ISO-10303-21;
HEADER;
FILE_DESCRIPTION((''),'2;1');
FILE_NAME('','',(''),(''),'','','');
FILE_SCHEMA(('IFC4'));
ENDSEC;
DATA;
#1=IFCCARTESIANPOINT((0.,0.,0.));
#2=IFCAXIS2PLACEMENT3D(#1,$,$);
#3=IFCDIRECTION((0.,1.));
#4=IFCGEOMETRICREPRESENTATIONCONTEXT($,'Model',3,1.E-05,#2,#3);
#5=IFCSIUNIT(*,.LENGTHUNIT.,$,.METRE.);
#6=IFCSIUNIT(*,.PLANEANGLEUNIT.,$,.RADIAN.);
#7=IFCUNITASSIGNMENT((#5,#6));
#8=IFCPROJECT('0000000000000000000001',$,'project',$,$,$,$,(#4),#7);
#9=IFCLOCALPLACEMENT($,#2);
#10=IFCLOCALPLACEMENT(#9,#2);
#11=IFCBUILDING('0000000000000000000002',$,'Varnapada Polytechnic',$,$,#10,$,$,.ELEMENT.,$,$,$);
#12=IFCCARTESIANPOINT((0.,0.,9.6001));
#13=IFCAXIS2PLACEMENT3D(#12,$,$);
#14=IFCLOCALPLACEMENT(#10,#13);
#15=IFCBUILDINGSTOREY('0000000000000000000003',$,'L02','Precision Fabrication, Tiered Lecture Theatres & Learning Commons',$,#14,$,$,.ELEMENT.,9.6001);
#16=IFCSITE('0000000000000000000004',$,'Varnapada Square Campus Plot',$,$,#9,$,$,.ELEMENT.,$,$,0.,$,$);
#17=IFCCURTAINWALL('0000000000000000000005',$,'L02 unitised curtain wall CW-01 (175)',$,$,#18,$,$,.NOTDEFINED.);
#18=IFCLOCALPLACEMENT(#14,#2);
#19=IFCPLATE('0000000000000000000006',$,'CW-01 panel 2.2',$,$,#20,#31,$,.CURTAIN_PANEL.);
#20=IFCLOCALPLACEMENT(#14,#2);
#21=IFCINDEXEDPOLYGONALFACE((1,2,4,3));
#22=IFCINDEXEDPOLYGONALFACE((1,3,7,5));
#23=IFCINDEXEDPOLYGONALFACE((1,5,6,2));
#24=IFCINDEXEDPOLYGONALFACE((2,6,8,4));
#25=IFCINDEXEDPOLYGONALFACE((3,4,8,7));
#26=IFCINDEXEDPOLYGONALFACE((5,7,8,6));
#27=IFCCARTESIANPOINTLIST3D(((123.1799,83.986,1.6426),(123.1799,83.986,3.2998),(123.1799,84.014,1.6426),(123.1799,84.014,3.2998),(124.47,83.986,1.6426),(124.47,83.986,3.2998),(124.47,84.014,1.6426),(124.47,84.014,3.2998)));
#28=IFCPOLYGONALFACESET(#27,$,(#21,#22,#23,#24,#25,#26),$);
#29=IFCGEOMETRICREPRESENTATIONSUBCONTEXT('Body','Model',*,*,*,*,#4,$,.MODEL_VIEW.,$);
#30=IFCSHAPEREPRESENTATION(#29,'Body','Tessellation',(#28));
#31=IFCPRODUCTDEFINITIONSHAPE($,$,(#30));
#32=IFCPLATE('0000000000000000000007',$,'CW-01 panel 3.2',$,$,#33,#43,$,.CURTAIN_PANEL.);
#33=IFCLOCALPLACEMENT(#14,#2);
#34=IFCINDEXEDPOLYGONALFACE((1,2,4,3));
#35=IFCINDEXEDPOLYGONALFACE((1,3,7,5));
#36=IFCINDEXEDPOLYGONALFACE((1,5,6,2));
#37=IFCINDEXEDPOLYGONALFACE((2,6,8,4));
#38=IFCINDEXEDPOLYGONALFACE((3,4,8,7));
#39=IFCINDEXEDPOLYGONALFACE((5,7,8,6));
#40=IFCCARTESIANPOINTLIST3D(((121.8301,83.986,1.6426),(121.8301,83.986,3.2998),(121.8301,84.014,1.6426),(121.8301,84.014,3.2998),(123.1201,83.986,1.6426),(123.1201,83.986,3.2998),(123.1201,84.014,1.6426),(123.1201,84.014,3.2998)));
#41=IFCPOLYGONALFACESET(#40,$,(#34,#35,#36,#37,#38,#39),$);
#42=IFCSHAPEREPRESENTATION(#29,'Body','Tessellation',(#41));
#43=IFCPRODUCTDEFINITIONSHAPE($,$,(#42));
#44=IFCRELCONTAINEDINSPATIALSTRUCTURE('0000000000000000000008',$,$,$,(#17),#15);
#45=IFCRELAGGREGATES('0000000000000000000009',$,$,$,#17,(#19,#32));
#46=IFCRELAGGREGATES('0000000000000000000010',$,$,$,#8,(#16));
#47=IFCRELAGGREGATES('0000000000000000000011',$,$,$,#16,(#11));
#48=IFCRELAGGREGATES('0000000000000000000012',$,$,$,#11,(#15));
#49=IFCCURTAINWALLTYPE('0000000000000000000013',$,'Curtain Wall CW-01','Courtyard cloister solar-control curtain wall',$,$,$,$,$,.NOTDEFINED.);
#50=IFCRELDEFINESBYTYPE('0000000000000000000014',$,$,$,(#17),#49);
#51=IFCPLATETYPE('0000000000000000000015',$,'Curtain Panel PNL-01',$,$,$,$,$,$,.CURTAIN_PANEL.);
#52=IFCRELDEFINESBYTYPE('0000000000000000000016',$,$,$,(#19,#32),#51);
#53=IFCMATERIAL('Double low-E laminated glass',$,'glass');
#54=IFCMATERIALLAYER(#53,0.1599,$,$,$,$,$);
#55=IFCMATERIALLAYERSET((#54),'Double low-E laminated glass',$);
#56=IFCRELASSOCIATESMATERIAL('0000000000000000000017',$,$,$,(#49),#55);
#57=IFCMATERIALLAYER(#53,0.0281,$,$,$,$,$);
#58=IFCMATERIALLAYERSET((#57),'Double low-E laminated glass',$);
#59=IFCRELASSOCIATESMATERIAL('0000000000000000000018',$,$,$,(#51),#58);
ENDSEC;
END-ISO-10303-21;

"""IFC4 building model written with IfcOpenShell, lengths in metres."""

from ifc_helpers import new_model, si_unit, direction, frame, origin, origin_2d, place, context, subcontext, project, spatial, rectangle, extrude, material, layer, layer_set, type_object, element, aggregate, save


model = new_model("IFC4")

# Units and contexts
model_context = context("Model", 3, precision=1e-05, world=origin(), true_north=direction((0.0, 1.0)))
body_context = subcontext(model_context, "Body", "Model", "MODEL_VIEW")
ifc_project = project(units=[si_unit("LENGTHUNIT", "METRE"), si_unit("PLANEANGLEUNIT", "RADIAN")], contexts=[model_context])

# Site, building, storey
site_placement = place(None, origin())
site = spatial("IfcSite", under=ifc_project, at=site_placement, Name="Varnapada Square Campus Plot", CompositionType="ELEMENT", RefElevation=0.0)
building_placement = place(site_placement, origin())
building = spatial("IfcBuilding", under=site, at=building_placement, Name="Varnapada Polytechnic", CompositionType="ELEMENT")
storey_placement = place(building_placement, frame((0.0, 0.0, 9.6001)))
storey = spatial("IfcBuildingStorey", under=building, at=storey_placement, Name="L02", Description="Precision Fabrication, Tiered Lecture Theatres & Learning Commons", CompositionType="ELEMENT", Elevation=9.6001)

# Curtain wall
ifc_material_1 = material(Name="Double low-E laminated glass", Category="glass")
ifc_layer_1 = layer(ifc_material_1, 0.1599)
ifc_layer_set_1 = layer_set([ifc_layer_1], Name="Double low-E laminated glass")
curtain_wall_type = type_object("IfcCurtainWallType", Name="Curtain Wall CW-01", Description="Courtyard cloister solar-control curtain wall", PredefinedType="NOTDEFINED", material=ifc_layer_set_1)
curtain_wall_1_placement = place(storey_placement, origin())
curtain_wall_1 = element("IfcCurtainWall", 1, at=curtain_wall_1_placement, inside=storey, type_object=curtain_wall_type, Name="L02 unitised curtain wall CW-01 (175)", PredefinedType="NOTDEFINED")

# Plates
ifc_layer_2 = layer(ifc_material_1, 0.0281)
ifc_layer_set_2 = layer_set([ifc_layer_2], Name="Double low-E laminated glass")
plate_type = type_object("IfcPlateType", Name="Curtain Panel PNL-01", PredefinedType="CURTAIN_PANEL", material=ifc_layer_set_2)
plate_1_placement = place(storey_placement, frame((123.825, 84.0, 1.6426), z_axis=(0.0, 0.0, 1.0), x_axis=(-1.0, 0.0, 0.0)))
plate_1 = element("IfcPlate", 2, at=plate_1_placement, type_object=plate_type, Name="CW-01 panel 2.2", PredefinedType="CURTAIN_PANEL", context=body_context, shape_type="SweptSolid", body=[
    extrude(rectangle(XDim=1.29, YDim=0.0281, at=origin_2d()), origin(), (0.0, 0.0, 1.0), 1.6572),
])
plate_2_placement = place(storey_placement, frame((122.4751, 84.0, 1.6426), z_axis=(0.0, 0.0, 1.0), x_axis=(-1.0, 0.0, 0.0)))
plate_2 = element("IfcPlate", 3, at=plate_2_placement, type_object=plate_type, Name="CW-01 panel 3.2", PredefinedType="CURTAIN_PANEL", context=body_context, shape_type="SweptSolid", body=[
    extrude(rectangle(XDim=1.29, YDim=0.0281, at=origin_2d()), origin(), (0.0, 0.0, 1.0), 1.6572),
])
aggregate(curtain_wall_1, [plate_1, plate_2])

save(model, "model.ifc")
